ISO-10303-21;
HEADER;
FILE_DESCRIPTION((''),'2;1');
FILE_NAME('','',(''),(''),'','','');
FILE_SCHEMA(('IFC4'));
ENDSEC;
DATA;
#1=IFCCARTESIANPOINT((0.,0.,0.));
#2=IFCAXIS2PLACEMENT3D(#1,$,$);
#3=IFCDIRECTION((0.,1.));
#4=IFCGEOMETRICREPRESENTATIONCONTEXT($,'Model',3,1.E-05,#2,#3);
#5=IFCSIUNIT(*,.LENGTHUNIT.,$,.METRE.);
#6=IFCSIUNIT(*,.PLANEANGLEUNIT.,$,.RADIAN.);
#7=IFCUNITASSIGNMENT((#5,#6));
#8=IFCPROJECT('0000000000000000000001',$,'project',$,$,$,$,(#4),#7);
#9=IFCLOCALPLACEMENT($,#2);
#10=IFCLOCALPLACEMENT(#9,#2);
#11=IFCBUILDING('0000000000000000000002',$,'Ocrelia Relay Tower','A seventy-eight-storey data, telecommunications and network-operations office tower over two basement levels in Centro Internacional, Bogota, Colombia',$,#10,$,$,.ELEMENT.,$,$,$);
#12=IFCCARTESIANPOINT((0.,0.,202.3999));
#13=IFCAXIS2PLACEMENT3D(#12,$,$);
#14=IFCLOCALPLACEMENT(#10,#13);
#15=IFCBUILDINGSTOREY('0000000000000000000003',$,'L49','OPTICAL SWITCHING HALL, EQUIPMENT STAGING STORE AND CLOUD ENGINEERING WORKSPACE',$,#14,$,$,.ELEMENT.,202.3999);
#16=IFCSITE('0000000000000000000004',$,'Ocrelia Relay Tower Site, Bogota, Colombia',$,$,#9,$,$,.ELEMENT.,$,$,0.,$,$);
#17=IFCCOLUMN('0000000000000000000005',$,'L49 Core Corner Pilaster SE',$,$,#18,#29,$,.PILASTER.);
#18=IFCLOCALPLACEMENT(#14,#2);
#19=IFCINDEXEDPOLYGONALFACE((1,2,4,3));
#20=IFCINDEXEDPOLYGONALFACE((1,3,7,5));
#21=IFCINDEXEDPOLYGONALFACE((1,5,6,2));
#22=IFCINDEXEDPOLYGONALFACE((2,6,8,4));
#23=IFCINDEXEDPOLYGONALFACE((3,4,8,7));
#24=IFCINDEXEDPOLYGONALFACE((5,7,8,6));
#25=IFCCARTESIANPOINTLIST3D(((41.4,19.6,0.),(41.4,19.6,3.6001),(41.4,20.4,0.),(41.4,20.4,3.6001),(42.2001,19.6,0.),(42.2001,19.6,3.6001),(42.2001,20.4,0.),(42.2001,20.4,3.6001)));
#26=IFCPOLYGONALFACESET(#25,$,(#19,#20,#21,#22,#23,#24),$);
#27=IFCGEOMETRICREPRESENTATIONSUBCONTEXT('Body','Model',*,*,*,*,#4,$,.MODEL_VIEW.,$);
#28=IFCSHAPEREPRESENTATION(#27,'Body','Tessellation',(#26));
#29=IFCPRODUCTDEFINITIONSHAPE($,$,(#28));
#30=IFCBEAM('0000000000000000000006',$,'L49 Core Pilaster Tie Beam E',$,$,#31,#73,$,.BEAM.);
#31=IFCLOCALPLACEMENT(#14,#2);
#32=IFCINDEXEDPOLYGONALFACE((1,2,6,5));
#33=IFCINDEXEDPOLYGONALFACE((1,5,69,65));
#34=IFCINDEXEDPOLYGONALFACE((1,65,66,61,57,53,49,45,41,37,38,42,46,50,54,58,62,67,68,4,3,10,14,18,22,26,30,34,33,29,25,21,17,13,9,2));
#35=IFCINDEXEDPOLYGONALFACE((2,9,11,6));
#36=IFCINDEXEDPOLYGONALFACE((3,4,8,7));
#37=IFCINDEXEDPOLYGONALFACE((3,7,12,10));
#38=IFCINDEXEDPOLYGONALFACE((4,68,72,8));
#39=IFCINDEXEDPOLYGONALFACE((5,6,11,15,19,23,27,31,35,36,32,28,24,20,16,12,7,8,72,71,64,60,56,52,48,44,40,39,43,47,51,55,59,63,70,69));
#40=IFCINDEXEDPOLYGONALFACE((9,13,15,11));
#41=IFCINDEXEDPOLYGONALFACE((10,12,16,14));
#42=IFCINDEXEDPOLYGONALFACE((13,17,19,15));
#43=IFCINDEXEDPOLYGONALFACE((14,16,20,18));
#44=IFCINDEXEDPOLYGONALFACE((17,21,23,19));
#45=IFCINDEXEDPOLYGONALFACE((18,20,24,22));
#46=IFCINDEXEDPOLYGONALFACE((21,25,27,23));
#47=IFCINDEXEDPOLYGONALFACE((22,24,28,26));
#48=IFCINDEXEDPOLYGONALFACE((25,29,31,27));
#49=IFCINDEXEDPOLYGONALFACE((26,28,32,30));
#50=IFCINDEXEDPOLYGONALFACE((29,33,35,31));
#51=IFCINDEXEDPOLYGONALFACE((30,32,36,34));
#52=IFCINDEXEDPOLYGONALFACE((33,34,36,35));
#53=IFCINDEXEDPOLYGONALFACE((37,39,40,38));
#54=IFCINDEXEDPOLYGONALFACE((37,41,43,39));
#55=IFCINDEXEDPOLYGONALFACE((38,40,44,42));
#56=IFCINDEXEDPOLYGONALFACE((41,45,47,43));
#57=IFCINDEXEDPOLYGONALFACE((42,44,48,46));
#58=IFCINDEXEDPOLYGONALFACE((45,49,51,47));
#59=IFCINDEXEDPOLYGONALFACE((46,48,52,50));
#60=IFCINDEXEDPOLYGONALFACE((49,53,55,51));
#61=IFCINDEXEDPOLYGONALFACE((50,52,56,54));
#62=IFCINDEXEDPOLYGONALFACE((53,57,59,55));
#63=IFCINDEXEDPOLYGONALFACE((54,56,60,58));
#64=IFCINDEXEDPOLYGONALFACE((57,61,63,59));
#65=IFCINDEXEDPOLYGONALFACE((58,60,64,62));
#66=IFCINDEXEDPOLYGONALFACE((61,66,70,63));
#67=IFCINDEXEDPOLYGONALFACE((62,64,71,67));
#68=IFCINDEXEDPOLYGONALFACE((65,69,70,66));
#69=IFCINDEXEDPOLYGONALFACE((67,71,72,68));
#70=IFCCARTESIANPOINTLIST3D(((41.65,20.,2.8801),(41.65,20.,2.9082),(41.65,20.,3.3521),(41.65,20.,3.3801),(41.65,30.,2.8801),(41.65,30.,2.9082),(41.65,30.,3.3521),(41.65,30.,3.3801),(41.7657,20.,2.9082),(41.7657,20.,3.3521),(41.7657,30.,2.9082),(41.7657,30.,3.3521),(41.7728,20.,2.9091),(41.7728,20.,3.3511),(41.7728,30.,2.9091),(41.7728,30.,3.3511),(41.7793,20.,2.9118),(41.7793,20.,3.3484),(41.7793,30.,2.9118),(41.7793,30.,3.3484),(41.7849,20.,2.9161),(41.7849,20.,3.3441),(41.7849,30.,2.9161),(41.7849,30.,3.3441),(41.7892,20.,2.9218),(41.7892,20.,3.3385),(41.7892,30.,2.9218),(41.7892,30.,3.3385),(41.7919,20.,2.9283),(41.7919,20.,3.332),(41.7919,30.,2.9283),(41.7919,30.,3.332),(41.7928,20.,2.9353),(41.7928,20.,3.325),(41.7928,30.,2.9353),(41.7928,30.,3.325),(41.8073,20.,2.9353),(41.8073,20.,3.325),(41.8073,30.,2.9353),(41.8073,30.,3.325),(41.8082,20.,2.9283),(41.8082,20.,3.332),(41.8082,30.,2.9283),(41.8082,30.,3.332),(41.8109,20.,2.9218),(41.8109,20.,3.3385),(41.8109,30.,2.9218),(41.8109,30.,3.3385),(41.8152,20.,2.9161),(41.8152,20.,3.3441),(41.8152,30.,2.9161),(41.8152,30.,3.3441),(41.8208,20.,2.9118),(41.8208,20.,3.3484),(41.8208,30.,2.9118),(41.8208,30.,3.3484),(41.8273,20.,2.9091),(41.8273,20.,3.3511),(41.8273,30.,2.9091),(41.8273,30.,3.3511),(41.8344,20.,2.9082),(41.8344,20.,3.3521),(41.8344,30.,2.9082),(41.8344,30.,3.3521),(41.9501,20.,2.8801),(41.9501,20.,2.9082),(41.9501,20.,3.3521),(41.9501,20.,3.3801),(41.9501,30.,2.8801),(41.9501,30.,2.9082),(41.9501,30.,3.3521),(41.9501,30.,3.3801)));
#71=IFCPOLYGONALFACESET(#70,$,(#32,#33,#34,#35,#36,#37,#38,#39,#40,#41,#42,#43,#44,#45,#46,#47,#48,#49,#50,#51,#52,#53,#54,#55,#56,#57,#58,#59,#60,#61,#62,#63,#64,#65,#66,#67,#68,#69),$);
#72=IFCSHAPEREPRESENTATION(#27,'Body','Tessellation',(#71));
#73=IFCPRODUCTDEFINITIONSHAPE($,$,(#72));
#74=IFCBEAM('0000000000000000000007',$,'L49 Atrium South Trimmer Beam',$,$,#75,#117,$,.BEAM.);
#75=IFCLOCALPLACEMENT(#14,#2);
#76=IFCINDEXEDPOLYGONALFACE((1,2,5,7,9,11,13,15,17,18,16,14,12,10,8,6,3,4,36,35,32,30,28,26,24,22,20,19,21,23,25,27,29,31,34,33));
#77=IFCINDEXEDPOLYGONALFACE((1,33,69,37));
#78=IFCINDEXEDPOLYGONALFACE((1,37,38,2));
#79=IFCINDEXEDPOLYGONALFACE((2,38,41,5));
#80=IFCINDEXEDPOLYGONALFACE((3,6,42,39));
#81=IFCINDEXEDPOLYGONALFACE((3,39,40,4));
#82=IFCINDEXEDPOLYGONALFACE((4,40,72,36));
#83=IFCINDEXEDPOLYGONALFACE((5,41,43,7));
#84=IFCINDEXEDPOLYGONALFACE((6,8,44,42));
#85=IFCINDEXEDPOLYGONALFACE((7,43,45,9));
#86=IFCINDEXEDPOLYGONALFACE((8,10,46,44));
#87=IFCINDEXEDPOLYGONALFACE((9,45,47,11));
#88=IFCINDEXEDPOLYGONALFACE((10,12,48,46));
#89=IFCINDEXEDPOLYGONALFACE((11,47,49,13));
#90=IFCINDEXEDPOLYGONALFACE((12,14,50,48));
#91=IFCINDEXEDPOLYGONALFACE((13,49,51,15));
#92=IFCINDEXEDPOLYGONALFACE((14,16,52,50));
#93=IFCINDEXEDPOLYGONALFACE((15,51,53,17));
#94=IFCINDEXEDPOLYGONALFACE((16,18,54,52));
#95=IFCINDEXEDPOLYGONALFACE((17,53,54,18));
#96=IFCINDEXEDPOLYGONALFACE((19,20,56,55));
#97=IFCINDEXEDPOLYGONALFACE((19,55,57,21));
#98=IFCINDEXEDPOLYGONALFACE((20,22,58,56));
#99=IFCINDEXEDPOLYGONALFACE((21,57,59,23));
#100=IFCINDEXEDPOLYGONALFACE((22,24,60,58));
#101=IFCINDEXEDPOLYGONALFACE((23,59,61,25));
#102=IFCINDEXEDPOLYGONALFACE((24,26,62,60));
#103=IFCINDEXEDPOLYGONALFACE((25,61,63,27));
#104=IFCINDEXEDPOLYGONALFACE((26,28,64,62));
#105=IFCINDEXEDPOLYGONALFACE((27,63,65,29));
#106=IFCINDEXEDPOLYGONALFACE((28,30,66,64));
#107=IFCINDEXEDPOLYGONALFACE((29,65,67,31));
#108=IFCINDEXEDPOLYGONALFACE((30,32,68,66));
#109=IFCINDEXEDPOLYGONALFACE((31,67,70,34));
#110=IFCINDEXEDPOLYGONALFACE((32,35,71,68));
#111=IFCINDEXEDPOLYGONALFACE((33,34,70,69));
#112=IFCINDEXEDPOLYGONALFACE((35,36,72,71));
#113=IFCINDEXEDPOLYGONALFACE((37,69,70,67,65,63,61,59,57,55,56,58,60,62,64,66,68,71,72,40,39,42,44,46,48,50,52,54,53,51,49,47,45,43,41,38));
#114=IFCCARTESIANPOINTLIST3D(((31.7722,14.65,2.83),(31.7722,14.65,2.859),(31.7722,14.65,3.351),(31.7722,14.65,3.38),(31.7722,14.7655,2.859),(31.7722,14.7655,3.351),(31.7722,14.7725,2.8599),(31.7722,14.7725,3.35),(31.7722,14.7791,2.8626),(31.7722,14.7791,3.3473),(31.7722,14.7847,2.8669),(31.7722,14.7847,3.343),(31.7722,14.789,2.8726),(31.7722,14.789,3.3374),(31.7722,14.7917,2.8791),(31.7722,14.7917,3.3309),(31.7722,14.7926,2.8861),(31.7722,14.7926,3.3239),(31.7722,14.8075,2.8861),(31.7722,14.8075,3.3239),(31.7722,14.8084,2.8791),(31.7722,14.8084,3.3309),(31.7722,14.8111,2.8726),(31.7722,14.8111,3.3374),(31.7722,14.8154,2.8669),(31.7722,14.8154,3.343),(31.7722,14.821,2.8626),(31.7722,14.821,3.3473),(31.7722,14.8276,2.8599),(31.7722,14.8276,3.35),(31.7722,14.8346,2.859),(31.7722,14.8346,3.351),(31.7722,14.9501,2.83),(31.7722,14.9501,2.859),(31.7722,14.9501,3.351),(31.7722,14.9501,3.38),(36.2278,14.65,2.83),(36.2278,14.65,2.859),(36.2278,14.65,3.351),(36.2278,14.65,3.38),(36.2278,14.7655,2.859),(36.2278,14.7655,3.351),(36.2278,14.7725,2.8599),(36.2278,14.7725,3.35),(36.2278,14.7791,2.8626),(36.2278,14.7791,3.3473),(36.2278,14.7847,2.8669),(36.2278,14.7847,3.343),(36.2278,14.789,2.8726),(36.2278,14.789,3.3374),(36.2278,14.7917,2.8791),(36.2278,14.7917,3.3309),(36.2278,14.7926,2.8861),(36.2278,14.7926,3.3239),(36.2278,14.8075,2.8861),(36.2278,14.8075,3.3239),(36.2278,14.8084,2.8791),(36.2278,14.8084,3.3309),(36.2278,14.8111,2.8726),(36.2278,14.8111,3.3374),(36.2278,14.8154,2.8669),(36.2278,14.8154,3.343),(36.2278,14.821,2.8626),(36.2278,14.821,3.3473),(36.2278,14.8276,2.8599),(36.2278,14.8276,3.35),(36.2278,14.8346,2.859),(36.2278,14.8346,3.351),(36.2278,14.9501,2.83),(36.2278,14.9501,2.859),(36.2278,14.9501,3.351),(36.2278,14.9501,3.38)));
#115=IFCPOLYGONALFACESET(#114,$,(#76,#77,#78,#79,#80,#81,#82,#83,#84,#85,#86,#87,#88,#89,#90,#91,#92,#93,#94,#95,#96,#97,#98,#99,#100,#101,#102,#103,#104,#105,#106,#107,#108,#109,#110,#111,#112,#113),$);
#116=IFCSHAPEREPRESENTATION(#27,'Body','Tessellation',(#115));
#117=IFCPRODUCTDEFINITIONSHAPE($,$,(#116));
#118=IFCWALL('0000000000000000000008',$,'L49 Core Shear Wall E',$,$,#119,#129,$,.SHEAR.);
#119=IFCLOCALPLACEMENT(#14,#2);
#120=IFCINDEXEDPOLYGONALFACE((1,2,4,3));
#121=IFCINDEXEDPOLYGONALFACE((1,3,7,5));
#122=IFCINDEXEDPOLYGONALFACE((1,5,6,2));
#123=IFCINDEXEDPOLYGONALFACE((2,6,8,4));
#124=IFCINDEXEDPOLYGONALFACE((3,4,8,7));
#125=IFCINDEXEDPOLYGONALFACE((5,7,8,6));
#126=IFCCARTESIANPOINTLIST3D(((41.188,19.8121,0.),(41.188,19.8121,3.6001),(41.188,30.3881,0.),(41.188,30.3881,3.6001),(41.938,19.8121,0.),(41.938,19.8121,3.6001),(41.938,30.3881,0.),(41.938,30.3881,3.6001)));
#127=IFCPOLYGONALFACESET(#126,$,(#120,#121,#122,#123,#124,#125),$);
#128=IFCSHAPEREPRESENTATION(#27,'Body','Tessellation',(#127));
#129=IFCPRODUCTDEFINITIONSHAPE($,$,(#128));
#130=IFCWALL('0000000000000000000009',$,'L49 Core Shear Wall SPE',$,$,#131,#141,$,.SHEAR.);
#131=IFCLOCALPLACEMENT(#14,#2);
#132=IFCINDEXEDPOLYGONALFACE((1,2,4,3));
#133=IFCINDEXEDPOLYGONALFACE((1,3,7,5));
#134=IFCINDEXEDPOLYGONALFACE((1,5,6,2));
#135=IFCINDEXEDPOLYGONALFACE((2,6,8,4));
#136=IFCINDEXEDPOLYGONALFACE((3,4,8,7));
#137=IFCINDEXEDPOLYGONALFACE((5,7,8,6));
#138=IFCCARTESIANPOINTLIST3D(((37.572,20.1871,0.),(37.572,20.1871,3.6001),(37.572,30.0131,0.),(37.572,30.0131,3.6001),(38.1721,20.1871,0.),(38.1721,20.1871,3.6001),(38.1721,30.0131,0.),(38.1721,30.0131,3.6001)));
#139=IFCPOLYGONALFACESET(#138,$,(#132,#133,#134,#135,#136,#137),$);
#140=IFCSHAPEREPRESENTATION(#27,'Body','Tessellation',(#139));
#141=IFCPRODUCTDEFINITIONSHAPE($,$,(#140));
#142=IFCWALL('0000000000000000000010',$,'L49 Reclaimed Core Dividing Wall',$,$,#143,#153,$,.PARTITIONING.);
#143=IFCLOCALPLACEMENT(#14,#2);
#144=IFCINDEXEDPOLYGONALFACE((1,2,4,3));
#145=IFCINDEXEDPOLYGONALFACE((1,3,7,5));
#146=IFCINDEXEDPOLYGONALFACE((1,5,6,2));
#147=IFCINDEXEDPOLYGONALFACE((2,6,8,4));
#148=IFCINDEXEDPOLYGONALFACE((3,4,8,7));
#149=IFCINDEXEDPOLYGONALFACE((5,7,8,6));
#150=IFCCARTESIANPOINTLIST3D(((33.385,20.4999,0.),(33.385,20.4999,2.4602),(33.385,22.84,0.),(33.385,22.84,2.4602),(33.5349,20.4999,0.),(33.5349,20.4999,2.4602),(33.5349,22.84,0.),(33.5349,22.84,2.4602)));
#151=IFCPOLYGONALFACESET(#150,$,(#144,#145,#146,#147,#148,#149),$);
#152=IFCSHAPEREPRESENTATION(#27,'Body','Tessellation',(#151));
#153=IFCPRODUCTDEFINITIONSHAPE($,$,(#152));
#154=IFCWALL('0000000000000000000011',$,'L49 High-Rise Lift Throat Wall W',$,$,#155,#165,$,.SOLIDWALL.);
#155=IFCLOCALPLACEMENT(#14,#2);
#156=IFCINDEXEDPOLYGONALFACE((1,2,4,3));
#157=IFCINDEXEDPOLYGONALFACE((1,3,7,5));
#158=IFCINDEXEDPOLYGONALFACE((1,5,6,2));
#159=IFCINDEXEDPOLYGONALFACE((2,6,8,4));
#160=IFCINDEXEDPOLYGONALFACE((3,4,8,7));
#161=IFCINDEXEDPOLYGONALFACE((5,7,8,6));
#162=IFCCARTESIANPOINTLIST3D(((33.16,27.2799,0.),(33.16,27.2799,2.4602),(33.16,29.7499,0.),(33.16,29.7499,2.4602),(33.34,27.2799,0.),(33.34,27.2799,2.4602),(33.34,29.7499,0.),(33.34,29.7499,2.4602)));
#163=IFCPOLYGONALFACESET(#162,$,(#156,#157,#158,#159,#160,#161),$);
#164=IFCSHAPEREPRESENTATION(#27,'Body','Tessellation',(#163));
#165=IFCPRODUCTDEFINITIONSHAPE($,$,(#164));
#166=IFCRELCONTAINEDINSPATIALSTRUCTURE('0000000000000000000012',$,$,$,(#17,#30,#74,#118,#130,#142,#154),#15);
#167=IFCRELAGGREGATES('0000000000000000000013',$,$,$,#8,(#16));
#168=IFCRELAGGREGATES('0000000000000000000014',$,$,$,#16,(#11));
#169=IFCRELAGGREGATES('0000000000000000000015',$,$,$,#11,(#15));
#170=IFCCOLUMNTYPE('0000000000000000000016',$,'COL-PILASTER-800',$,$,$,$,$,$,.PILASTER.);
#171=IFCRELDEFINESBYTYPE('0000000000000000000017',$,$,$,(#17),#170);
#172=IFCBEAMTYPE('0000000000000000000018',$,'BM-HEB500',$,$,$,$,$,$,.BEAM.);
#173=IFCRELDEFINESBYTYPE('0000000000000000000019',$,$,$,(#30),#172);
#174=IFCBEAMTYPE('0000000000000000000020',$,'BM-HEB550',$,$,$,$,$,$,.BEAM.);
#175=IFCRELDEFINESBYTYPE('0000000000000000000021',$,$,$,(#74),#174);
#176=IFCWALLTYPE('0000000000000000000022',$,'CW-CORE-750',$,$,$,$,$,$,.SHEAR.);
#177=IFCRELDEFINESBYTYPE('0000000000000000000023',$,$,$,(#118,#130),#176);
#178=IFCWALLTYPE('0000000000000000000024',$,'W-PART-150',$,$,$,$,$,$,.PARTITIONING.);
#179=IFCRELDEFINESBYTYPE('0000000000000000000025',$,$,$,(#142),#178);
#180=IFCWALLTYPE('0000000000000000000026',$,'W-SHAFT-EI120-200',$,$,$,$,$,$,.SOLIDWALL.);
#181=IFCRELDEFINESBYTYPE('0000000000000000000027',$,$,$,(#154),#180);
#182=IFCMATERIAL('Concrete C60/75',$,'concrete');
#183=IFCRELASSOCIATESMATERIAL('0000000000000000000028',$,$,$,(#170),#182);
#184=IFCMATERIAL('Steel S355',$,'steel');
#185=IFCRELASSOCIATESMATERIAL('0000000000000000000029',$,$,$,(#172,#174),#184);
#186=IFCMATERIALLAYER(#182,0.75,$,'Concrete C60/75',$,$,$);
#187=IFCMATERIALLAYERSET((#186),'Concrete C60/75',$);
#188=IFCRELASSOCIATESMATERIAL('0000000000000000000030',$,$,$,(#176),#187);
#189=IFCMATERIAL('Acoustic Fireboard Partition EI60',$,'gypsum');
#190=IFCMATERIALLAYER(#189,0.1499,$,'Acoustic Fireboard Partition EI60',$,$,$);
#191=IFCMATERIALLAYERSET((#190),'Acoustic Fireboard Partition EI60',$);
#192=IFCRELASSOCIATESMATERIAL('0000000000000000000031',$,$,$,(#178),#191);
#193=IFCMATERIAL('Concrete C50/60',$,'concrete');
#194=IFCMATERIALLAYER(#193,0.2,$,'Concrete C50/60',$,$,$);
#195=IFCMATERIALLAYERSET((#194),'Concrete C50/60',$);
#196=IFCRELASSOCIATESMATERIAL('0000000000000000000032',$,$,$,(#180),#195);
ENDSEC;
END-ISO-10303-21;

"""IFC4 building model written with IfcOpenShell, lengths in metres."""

from ifc_helpers import new_model, si_unit, direction, frame, frame_2d, origin, origin_2d, place, context, subcontext, project, spatial, rectangle, i_section, extrude, material, layer, layer_set, material_profile, profile_set, type_object, element, save


model = new_model("IFC4")

# Units and contexts
model_context = context("Model", 3, precision=1e-05, world=origin(), true_north=direction((0.0, 1.0)))
body_context = subcontext(model_context, "Body", "Model", "MODEL_VIEW")
ifc_project = project(units=[si_unit("LENGTHUNIT", "METRE"), si_unit("PLANEANGLEUNIT", "RADIAN")], contexts=[model_context])

# Site, building, storey
site_placement = place(None, origin())
site = spatial("IfcSite", under=ifc_project, at=site_placement, Name="Ocrelia Relay Tower Site, Bogota, Colombia", CompositionType="ELEMENT", RefElevation=0.0)
building_placement = place(site_placement, origin())
building = spatial("IfcBuilding", under=site, at=building_placement, Name="Ocrelia Relay Tower", Description="A seventy-eight-storey data, telecommunications and network-operations office tower over two basement levels in Centro Internacional, Bogota, Colombia", CompositionType="ELEMENT")
storey_placement = place(building_placement, frame((0.0, 0.0, 202.3999)))
storey = spatial("IfcBuildingStorey", under=building, at=storey_placement, Name="L49", Description="OPTICAL SWITCHING HALL, EQUIPMENT STAGING STORE AND CLOUD ENGINEERING WORKSPACE", CompositionType="ELEMENT", Elevation=202.3999)

# Column
ifc_material_1 = material(Name="Concrete C60/75", Category="concrete")
ifc_material_profile_1 = material_profile(ifc_material_1, rectangle(XDim=0.8, YDim=0.8, at=origin_2d()), Name="RC-COL-800x800")
ifc_profile_set_1 = profile_set([ifc_material_profile_1], Name="Concrete C60/75")
column_type = type_object("IfcColumnType", Name="COL-PILASTER-800", PredefinedType="PILASTER", material=ifc_profile_set_1)
column_placement = place(storey_placement, frame((41.8, 20.0, 0.0), z_axis=(0.0, 0.0, 1.0), x_axis=(1.0, 0.0, 0.0)))
element("IfcColumn", 1, at=column_placement, inside=storey, type_object=column_type, Name="L49 Core Corner Pilaster SE", PredefinedType="PILASTER", context=body_context, shape_type="SweptSolid", body=[
    extrude(rectangle(XDim=0.8, YDim=0.8, at=origin_2d()), origin(), (0.0, 0.0, 1.0), 3.6001),
])

# Beams
ifc_material_2 = material(Name="Steel S355", Category="steel")
ifc_material_profile_2 = material_profile(ifc_material_2, i_section(OverallWidth=0.3, OverallDepth=0.5, WebThickness=0.0144, FlangeThickness=0.0281, FilletRadius=0.0271, at=origin_2d()), Name="HEB 500")
ifc_profile_set_2 = profile_set([ifc_material_profile_2], Name="Steel S355")
beam_type_1 = type_object("IfcBeamType", Name="BM-HEB500", PredefinedType="BEAM", material=ifc_profile_set_2)
beam_1_placement = place(storey_placement, frame((41.8, 20.0, 3.1301), z_axis=(0.0, 1.0, 0.0), x_axis=(-1.0, 0.0, 0.0)))
element("IfcBeam", 2, at=beam_1_placement, inside=storey, type_object=beam_type_1, Name="L49 Core Pilaster Tie Beam E", PredefinedType="BEAM", context=body_context, shape_type="SweptSolid", body=[
    extrude(i_section(OverallWidth=0.3, OverallDepth=0.5, WebThickness=0.0144, FlangeThickness=0.0281, FilletRadius=0.0271, at=origin_2d()), origin(), (0.0, 0.0, 1.0), 10.0),
])
ifc_material_profile_3 = material_profile(ifc_material_2, i_section(OverallWidth=0.3, OverallDepth=0.55, WebThickness=0.0149, FlangeThickness=0.0291, FilletRadius=0.0271, at=origin_2d()), Name="HEB 550")
ifc_profile_set_3 = profile_set([ifc_material_profile_3], Name="Steel S355")
beam_type_2 = type_object("IfcBeamType", Name="BM-HEB550", PredefinedType="BEAM", material=ifc_profile_set_3)
beam_2_placement = place(storey_placement, frame((31.7722, 14.8, 3.105), z_axis=(1.0, 0.0, 0.0), x_axis=(0.0, 1.0, 0.0)))
element("IfcBeam", 3, at=beam_2_placement, inside=storey, type_object=beam_type_2, Name="L49 Atrium South Trimmer Beam", PredefinedType="BEAM", context=body_context, shape_type="SweptSolid", body=[
    extrude(i_section(OverallWidth=0.3, OverallDepth=0.55, WebThickness=0.0149, FlangeThickness=0.0291, FilletRadius=0.0271, at=origin_2d()), origin(), (0.0, 0.0, 1.0), 4.4556),
])

# Walls
ifc_layer_1 = layer(ifc_material_1, 0.75, Name="Concrete C60/75")
ifc_layer_set_1 = layer_set([ifc_layer_1], Name="Concrete C60/75")
wall_type_1 = type_object("IfcWallType", Name="CW-CORE-750", PredefinedType="SHEAR", material=ifc_layer_set_1)
wall_1_placement = place(storey_placement, frame((41.563, 19.812, 0.0), z_axis=(0.0, 0.0, 1.0), x_axis=(0.0, 1.0, 0.0)))
element("IfcWall", 4, at=wall_1_placement, inside=storey, type_object=wall_type_1, Name="L49 Core Shear Wall E", PredefinedType="SHEAR", context=body_context, shape_type="SweptSolid", body=[
    extrude(rectangle(XDim=10.5759, YDim=0.75, at=frame_2d((5.2881, 0.0))), origin(), (0.0, 0.0, 1.0), 3.6001),
])
wall_2_placement = place(storey_placement, frame((37.8721, 20.187, 0.0), z_axis=(0.0, 0.0, 1.0), x_axis=(0.0, 1.0, 0.0)))
element("IfcWall", 5, at=wall_2_placement, inside=storey, type_object=wall_type_1, Name="L49 Core Shear Wall SPE", PredefinedType="SHEAR", context=body_context, shape_type="SweptSolid", body=[
    extrude(rectangle(XDim=9.8259, YDim=0.6001, at=frame_2d((4.9131, 0.0))), origin(), (0.0, 0.0, 1.0), 3.6001),
])
ifc_material_3 = material(Name="Acoustic Fireboard Partition EI60", Category="gypsum")
ifc_layer_2 = layer(ifc_material_3, 0.1499, Name="Acoustic Fireboard Partition EI60")
ifc_layer_set_2 = layer_set([ifc_layer_2], Name="Acoustic Fireboard Partition EI60")
wall_type_2 = type_object("IfcWallType", Name="W-PART-150", PredefinedType="PARTITIONING", material=ifc_layer_set_2)
wall_3_placement = place(storey_placement, frame((33.46, 20.5, 0.0), z_axis=(0.0, 0.0, 1.0), x_axis=(0.0, 1.0, 0.0)))
element("IfcWall", 6, at=wall_3_placement, inside=storey, type_object=wall_type_2, Name="L49 Reclaimed Core Dividing Wall", PredefinedType="PARTITIONING", context=body_context, shape_type="SweptSolid", body=[
    extrude(rectangle(XDim=2.3401, YDim=0.1499, at=frame_2d((1.1699, 0.0))), origin(), (0.0, 0.0, 1.0), 2.4602),
])
ifc_material_4 = material(Name="Concrete C50/60", Category="concrete")
ifc_layer_3 = layer(ifc_material_4, 0.2, Name="Concrete C50/60")
ifc_layer_set_3 = layer_set([ifc_layer_3], Name="Concrete C50/60")
wall_type_3 = type_object("IfcWallType", Name="W-SHAFT-EI120-200", PredefinedType="SOLIDWALL", material=ifc_layer_set_3)
wall_4_placement = place(storey_placement, frame((33.25, 27.28, 0.0), z_axis=(0.0, 0.0, 1.0), x_axis=(0.0, 1.0, 0.0)))
element("IfcWall", 7, at=wall_4_placement, inside=storey, type_object=wall_type_3, Name="L49 High-Rise Lift Throat Wall W", PredefinedType="SOLIDWALL", context=body_context, shape_type="SweptSolid", body=[
    extrude(rectangle(XDim=2.47, YDim=0.1799, at=frame_2d((1.2349, 0.0))), origin(), (0.0, 0.0, 1.0), 2.4602),
])

save(model, "model.ifc")
